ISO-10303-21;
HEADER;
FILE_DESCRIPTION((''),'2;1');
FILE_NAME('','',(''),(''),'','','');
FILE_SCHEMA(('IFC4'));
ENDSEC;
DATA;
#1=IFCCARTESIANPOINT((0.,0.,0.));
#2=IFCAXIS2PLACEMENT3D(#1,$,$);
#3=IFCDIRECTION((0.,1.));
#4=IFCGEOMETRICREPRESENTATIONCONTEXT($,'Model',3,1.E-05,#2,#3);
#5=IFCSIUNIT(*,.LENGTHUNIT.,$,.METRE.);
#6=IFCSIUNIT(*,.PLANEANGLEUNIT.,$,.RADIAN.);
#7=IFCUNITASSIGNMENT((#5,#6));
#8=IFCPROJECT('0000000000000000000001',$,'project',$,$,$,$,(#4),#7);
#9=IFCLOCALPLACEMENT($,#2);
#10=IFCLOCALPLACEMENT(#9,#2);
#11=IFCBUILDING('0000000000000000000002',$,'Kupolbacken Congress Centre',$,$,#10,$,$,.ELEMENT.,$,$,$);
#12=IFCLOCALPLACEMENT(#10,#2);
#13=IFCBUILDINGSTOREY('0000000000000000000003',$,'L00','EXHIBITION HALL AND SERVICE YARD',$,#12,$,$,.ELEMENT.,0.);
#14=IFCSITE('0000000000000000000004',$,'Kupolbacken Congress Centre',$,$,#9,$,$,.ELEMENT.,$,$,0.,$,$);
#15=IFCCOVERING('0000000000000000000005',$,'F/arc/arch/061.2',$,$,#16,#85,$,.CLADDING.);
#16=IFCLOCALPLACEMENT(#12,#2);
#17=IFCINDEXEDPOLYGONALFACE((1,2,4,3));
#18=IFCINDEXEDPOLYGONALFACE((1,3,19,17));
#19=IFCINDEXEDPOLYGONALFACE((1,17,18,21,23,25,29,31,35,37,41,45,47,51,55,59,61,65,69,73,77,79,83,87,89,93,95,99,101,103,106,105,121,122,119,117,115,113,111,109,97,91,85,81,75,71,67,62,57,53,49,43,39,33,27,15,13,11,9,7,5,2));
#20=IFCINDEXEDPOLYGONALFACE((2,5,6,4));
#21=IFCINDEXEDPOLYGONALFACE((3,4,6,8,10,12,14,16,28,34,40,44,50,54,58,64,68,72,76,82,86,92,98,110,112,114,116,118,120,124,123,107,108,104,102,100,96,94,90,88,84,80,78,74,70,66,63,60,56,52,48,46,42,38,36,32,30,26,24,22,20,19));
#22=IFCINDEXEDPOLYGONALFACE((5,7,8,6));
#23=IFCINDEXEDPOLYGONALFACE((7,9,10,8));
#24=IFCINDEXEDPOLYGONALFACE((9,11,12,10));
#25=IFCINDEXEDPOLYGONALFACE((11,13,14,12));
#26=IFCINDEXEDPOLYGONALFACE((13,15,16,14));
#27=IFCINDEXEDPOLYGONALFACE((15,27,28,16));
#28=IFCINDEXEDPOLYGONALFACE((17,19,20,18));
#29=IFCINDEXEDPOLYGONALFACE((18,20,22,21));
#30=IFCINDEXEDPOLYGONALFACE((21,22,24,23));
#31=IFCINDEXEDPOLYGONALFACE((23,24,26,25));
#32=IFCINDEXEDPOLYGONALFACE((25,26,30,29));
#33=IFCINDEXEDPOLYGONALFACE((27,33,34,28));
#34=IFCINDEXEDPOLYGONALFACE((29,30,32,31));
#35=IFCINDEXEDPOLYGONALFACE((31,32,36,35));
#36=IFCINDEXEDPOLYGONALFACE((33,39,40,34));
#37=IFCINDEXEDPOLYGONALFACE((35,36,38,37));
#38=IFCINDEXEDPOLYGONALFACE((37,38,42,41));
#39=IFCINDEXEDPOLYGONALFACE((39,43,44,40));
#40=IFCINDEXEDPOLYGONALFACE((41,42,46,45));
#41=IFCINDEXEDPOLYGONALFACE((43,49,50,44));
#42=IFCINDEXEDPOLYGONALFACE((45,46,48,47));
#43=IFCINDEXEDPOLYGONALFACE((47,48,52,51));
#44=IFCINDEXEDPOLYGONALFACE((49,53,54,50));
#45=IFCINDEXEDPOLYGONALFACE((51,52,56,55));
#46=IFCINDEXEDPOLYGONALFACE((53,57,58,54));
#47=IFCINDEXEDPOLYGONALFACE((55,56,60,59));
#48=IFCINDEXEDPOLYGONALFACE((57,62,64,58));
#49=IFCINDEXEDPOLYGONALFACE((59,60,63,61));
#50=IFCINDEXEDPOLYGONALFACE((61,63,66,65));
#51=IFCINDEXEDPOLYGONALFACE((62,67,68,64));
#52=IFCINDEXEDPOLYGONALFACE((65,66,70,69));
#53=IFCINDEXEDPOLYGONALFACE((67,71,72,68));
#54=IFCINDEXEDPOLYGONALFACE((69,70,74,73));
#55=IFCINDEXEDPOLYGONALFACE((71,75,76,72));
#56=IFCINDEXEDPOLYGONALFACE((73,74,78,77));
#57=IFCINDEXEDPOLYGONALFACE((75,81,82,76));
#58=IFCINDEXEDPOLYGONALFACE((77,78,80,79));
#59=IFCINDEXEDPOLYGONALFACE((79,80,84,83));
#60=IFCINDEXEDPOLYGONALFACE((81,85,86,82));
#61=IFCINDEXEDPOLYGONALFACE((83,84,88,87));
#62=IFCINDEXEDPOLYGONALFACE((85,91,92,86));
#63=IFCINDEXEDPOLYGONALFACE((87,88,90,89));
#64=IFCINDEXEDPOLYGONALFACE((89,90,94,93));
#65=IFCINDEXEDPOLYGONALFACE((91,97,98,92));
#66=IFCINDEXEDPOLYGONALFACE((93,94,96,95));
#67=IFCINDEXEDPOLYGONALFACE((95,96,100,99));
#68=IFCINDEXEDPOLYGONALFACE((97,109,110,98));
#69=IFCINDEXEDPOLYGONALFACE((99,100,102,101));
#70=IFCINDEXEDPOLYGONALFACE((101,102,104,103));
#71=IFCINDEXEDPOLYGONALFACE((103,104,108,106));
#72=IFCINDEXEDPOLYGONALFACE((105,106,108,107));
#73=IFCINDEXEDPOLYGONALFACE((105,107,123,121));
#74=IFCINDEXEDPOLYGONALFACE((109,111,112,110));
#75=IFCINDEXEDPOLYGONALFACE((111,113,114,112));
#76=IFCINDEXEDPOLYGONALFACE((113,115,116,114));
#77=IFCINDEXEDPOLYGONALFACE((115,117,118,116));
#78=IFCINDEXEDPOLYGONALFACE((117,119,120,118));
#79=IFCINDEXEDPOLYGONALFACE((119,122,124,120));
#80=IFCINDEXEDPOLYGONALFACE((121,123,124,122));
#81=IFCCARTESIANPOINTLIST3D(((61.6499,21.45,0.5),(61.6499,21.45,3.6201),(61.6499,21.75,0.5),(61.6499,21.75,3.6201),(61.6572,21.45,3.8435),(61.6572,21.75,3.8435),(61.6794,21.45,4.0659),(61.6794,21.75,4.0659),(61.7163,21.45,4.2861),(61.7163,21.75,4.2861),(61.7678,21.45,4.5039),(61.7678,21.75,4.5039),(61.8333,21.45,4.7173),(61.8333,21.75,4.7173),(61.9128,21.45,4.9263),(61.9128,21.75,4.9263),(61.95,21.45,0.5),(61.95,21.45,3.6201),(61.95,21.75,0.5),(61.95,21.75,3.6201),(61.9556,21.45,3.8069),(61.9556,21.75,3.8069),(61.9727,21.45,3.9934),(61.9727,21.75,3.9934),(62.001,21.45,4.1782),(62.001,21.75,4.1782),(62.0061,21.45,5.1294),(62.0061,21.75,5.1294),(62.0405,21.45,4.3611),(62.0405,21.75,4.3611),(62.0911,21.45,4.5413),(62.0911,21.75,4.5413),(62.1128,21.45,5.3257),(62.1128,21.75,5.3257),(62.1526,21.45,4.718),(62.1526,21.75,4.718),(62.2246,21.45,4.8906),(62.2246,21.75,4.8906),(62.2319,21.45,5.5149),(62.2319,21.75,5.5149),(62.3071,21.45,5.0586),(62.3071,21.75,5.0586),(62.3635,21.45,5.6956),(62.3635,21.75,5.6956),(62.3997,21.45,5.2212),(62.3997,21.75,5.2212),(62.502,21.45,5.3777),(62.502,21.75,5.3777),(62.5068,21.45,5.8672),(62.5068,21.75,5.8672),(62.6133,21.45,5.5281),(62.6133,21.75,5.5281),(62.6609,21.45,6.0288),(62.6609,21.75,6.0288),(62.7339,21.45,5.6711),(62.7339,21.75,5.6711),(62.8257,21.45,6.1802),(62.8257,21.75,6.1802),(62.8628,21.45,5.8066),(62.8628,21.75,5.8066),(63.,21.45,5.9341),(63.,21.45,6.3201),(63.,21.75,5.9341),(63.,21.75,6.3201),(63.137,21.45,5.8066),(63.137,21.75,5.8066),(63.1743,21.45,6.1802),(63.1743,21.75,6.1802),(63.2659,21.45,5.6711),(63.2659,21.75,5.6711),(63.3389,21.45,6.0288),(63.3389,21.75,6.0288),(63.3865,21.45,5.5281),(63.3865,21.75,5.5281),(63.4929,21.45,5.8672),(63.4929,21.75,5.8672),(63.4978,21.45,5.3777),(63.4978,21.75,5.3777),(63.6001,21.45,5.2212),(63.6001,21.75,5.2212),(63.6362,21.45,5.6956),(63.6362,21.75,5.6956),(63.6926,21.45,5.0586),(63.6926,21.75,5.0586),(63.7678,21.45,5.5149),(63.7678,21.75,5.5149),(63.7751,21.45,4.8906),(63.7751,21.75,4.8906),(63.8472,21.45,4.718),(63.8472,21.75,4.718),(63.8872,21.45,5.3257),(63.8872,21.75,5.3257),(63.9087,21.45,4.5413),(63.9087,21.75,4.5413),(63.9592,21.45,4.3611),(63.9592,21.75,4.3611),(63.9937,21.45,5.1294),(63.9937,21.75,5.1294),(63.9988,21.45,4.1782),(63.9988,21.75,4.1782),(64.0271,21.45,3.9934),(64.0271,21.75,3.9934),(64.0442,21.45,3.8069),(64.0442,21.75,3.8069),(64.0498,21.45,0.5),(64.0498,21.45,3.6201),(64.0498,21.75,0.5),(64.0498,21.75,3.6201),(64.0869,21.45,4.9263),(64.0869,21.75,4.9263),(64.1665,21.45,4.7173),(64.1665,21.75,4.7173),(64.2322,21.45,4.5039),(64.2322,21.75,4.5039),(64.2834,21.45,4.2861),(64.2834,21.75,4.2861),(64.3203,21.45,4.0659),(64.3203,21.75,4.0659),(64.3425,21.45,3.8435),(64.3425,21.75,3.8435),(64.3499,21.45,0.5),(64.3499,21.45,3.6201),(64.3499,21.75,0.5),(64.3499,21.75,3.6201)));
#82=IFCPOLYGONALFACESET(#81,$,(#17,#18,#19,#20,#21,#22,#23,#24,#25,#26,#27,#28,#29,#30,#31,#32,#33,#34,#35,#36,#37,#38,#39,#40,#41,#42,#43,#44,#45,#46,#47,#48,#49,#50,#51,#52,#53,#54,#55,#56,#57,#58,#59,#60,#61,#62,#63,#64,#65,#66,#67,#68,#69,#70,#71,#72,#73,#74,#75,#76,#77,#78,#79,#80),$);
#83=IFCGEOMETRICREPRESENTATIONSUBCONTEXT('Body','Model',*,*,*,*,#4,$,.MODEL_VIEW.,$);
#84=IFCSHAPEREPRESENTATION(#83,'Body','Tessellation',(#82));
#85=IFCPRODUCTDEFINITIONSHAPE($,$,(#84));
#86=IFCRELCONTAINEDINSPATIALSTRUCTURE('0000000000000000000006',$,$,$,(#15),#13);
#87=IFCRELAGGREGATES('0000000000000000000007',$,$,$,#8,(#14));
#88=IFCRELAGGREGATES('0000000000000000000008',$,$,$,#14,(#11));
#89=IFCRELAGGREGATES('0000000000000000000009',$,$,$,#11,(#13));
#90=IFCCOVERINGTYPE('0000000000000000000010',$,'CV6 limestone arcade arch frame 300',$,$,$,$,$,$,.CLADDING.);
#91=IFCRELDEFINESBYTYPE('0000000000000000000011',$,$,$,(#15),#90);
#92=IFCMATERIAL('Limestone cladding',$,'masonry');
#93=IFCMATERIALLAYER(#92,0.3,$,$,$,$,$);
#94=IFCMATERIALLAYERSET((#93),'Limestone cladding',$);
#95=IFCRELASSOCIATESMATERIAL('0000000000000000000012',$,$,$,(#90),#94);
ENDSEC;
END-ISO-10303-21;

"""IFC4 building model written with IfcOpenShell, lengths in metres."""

from ifc_helpers import new_model, si_unit, direction, frame, origin, place, context, subcontext, project, spatial, polyline, outline, extrude, material, layer, layer_set, type_object, element, save


model = new_model("IFC4")

# Units and contexts
model_context = context("Model", 3, precision=1e-05, world=origin(), true_north=direction((0.0, 1.0)))
body_context = subcontext(model_context, "Body", "Model", "MODEL_VIEW")
ifc_project = project(units=[si_unit("LENGTHUNIT", "METRE"), si_unit("PLANEANGLEUNIT", "RADIAN")], contexts=[model_context])

# Site, building, storey
site_placement = place(None, origin())
site = spatial("IfcSite", under=ifc_project, at=site_placement, Name="Kupolbacken Congress Centre", CompositionType="ELEMENT", RefElevation=0.0)
building_placement = place(site_placement, origin())
building = spatial("IfcBuilding", under=site, at=building_placement, Name="Kupolbacken Congress Centre", CompositionType="ELEMENT")
storey_placement = place(building_placement, origin())
storey = spatial("IfcBuildingStorey", under=building, at=storey_placement, Name="L00", Description="EXHIBITION HALL AND SERVICE YARD", CompositionType="ELEMENT", Elevation=0.0)

# Covering
ifc_material_1 = material(Name="Limestone cladding", Category="masonry")
ifc_layer_1 = layer(ifc_material_1, 0.3)
ifc_layer_set_1 = layer_set([ifc_layer_1], Name="Limestone cladding")
covering_type = type_object("IfcCoveringType", Name="CV6 limestone arcade arch frame 300", PredefinedType="CLADDING", material=ifc_layer_set_1)
covering_1_placement = place(storey_placement, frame((61.6499, 21.45, 0.5), z_axis=(0.0, 1.0, 0.0), x_axis=(-1.0, 0.0, 0.0)))
element("IfcCovering", 1, at=covering_1_placement, inside=storey, type_object=covering_type, Name="F/arc/arch/061.2", PredefinedType="CLADDING", context=body_context, shape_type="SweptSolid", body=[
    extrude(outline(polyline([(0.0, 0.0), (0.0, 3.1201), (-0.0073, 3.3435), (-0.0295, 3.5659), (-0.0664, 3.7861), (-0.1179, 4.0039), (-0.1833, 4.2173), (-0.2629, 4.4263), (-0.3562, 4.6294), (-0.4629, 4.8257), (-0.582, 5.0149), (-0.7136, 5.1956), (-0.8569, 5.3672), (-1.011, 5.5288), (-1.1758, 5.6802), (-1.3501, 5.8201), (-1.5244, 5.6802), (-1.689, 5.5288), (-1.843, 5.3672), (-1.9863, 5.1956), (-2.1179, 5.0149), (-2.2373, 4.8257), (-2.3438, 4.6294), (-2.437, 4.4263), (-2.5166, 4.2173), (-2.5823, 4.0039), (-2.6335, 3.7861), (-2.6704, 3.5659), (-2.6926, 3.3435), (-2.7, 3.1201), (-2.7, 0.0), (-2.3999, 0.0), (-2.3999, 3.1201), (-2.3943, 3.3069), (-2.3772, 3.4934), (-2.3489, 3.6782), (-2.3093, 3.8611), (-2.2588, 4.0413), (-2.1973, 4.218), (-2.1252, 4.3906), (-2.0427, 4.5586), (-1.9502, 4.7212), (-1.8479, 4.8777), (-1.7366, 5.0281), (-1.616, 5.1711), (-1.4871, 5.3066), (-1.3501, 5.4341), (-1.2129, 5.3066), (-1.084, 5.1711), (-0.9634, 5.0281), (-0.8521, 4.8777), (-0.7498, 4.7212), (-0.6572, 4.5586), (-0.5747, 4.3906), (-0.5027, 4.218), (-0.4412, 4.0413), (-0.3906, 3.8611), (-0.3511, 3.6782), (-0.3228, 3.4934), (-0.3057, 3.3069), (-0.3, 3.1201), (-0.3, 0.0), (0.0, 0.0)])), origin(), (0.0, 0.0, 1.0), 0.3),
])

save(model, "model.ifc")
